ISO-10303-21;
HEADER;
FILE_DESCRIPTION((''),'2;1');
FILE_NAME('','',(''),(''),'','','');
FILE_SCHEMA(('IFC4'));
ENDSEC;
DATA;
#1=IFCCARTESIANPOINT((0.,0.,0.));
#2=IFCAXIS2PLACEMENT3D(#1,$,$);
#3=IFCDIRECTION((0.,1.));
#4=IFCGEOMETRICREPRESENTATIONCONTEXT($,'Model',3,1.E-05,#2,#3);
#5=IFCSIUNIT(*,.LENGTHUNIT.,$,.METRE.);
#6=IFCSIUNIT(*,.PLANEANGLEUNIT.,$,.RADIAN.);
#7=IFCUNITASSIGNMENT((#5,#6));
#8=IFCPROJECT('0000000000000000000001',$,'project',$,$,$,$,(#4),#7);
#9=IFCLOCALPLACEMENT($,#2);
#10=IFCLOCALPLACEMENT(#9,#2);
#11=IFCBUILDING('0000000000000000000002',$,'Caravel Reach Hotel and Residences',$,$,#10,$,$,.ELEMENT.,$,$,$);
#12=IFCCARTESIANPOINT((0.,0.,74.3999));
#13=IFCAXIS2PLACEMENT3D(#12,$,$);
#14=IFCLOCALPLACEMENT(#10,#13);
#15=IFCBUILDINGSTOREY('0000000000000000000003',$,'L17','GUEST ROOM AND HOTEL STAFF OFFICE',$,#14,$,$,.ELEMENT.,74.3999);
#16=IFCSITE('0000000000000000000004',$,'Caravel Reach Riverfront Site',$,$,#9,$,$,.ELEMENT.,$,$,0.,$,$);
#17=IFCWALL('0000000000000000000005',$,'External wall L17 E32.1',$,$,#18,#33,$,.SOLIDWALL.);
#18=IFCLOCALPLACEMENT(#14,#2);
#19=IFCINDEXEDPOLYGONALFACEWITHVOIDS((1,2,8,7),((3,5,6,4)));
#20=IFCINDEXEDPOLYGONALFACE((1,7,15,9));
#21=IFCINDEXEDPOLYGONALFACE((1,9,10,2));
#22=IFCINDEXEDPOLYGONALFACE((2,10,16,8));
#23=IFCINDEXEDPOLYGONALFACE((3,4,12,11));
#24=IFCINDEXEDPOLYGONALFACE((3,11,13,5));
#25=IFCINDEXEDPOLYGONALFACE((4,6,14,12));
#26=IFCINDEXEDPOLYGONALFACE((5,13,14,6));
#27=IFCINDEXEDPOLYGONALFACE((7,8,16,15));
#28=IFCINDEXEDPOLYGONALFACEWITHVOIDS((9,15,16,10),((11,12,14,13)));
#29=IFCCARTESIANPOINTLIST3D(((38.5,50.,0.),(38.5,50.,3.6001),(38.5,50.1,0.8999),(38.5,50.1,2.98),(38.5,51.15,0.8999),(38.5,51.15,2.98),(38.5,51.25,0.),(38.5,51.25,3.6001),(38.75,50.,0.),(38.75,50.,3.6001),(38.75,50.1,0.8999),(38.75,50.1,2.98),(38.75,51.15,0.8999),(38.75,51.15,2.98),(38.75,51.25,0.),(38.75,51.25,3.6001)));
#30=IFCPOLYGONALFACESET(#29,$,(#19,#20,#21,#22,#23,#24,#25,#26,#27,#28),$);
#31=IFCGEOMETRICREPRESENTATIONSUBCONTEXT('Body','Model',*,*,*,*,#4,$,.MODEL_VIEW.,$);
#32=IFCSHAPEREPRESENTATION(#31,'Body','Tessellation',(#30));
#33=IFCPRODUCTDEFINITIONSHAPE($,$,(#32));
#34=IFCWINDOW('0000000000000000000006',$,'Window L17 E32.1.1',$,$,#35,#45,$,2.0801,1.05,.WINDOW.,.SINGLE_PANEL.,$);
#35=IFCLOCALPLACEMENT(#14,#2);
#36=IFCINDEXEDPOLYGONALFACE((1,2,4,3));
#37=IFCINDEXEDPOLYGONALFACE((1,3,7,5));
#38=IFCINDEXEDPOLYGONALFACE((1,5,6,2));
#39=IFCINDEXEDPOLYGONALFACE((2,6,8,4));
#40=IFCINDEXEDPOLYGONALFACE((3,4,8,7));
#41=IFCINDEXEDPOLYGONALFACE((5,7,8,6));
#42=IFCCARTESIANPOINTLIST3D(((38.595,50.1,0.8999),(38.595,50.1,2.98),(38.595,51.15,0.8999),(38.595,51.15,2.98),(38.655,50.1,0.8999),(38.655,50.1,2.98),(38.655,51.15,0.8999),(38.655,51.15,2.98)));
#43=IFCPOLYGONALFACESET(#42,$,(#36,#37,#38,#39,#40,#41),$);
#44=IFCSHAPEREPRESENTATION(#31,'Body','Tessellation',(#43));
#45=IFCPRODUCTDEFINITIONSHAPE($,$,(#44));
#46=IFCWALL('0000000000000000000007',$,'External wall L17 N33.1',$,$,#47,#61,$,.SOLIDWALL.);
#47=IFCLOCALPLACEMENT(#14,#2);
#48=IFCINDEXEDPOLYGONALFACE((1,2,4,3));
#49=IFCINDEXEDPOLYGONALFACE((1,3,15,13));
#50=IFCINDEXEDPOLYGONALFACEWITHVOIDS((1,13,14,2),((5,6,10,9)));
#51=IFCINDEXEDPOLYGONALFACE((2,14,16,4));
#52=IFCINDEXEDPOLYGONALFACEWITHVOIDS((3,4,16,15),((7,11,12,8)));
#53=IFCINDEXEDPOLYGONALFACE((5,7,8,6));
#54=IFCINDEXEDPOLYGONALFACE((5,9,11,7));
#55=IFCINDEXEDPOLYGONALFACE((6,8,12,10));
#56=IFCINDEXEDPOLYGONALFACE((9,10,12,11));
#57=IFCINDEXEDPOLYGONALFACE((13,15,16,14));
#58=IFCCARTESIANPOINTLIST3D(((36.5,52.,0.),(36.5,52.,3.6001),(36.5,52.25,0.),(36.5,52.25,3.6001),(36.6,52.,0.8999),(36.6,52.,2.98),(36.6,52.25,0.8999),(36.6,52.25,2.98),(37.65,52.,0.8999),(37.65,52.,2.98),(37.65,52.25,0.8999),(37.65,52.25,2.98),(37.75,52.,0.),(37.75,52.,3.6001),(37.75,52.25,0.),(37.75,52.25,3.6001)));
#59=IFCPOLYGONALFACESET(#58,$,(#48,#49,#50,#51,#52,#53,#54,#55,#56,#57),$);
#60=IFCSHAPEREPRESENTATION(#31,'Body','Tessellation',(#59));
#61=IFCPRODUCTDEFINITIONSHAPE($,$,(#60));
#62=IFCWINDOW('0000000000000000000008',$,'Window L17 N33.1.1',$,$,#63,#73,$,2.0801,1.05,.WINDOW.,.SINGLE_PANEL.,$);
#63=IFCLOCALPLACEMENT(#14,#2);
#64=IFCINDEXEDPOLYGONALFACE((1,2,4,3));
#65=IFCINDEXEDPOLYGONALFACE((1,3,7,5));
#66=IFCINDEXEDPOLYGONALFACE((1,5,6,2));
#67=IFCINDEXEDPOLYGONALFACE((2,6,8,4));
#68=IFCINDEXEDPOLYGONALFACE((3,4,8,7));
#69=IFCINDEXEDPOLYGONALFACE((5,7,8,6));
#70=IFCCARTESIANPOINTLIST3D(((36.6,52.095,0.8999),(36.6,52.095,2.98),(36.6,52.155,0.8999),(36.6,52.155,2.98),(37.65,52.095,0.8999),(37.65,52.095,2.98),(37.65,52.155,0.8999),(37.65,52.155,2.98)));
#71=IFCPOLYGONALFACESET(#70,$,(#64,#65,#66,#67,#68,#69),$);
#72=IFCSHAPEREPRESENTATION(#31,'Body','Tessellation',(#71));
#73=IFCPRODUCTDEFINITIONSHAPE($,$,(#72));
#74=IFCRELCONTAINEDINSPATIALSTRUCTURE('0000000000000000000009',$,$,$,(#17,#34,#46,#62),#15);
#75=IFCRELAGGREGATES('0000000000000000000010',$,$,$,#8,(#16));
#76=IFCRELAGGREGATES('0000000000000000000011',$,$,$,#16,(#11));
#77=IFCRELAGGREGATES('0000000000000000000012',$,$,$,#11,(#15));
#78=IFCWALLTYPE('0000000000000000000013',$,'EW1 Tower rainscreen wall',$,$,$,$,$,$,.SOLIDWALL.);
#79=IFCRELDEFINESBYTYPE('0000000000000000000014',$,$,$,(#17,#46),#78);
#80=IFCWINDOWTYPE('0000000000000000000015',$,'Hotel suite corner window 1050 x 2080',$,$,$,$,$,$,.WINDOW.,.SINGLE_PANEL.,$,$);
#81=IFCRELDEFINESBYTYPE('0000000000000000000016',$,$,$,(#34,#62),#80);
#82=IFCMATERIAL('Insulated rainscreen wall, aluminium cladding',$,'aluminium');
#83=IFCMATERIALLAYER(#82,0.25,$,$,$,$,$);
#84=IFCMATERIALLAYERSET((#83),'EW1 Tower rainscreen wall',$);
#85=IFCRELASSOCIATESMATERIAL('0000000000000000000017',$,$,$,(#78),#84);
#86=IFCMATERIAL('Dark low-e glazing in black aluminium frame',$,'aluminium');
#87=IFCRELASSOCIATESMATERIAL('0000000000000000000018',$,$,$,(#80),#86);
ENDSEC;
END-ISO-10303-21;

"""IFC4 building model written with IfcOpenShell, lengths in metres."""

from ifc_helpers import new_model, si_unit, direction, frame, frame_2d, origin, place, context, subcontext, project, spatial, rectangle, extrude, material, layer, layer_set, type_object, element, fill, save


model = new_model("IFC4")

# Units and contexts
model_context = context("Model", 3, precision=1e-05, world=origin(), true_north=direction((0.0, 1.0)))
body_context = subcontext(model_context, "Body", "Model", "MODEL_VIEW")
ifc_project = project(units=[si_unit("LENGTHUNIT", "METRE"), si_unit("PLANEANGLEUNIT", "RADIAN")], contexts=[model_context])

# Site, building, storey
site_placement = place(None, origin())
site = spatial("IfcSite", under=ifc_project, at=site_placement, Name="Caravel Reach Riverfront Site", CompositionType="ELEMENT", RefElevation=0.0)
building_placement = place(site_placement, origin())
building = spatial("IfcBuilding", under=site, at=building_placement, Name="Caravel Reach Hotel and Residences", CompositionType="ELEMENT")
storey_placement = place(building_placement, frame((0.0, 0.0, 74.3999)))
storey = spatial("IfcBuildingStorey", under=building, at=storey_placement, Name="L17", Description="GUEST ROOM AND HOTEL STAFF OFFICE", CompositionType="ELEMENT", Elevation=74.3999)

# Walls, openings, windows
ifc_material_1 = material(Name="Insulated rainscreen wall, aluminium cladding", Category="aluminium")
ifc_layer = layer(ifc_material_1, 0.25)
ifc_layer_set = layer_set([ifc_layer], Name="EW1 Tower rainscreen wall")
wall_type = type_object("IfcWallType", Name="EW1 Tower rainscreen wall", PredefinedType="SOLIDWALL", material=ifc_layer_set)
ifc_material_2 = material(Name="Dark low-e glazing in black aluminium frame", Category="aluminium")
window_type = type_object("IfcWindowType", Name="Hotel suite corner window 1050 x 2080", PartitioningType="SINGLE_PANEL", PredefinedType="WINDOW", material=ifc_material_2)
wall_1_placement = place(storey_placement, frame((38.625, 50.0, 0.0), z_axis=(0.0, 0.0, 1.0), x_axis=(0.0, 1.0, 0.0)))
wall_1 = element("IfcWall", 1, at=wall_1_placement, inside=storey, type_object=wall_type, Name="External wall L17 E32.1", PredefinedType="SOLIDWALL", context=body_context, shape_type="SweptSolid", body=[
    extrude(rectangle(XDim=1.25, YDim=0.25, at=frame_2d((0.625, 0.0))), origin(), (0.0, 0.0, 1.0), 3.6001),
])
opening_1_placement = place(wall_1_placement, frame((0.1001, 0.0, 0.8999)))
opening_1 = element("IfcOpeningElement", 2, at=opening_1_placement, cuts=wall_1, PredefinedType="OPENING", context=body_context, shape_type="SweptSolid", body=[
    extrude(rectangle(XDim=1.05, YDim=2.0801, at=frame_2d((0.5249, 1.04))), frame((0.0, 0.135, 0.0), z_axis=(0.0, -1.0, 0.0), x_axis=(1.0, 0.0, 0.0)), (0.0, 0.0, 1.0), 0.27),
])
window_1_placement = place(opening_1_placement, origin())
window_1 = element("IfcWindow", 3, at=window_1_placement, inside=storey, type_object=window_type, Name="Window L17 E32.1.1", OverallHeight=2.0801, OverallWidth=1.05, PartitioningType="SINGLE_PANEL", PredefinedType="WINDOW", context=body_context, shape_type="SweptSolid", body=[
    extrude(rectangle(XDim=1.05, YDim=2.0801, at=frame_2d((0.5249, 1.04))), frame((0.0, 0.03, 0.0), z_axis=(0.0, -1.0, 0.0), x_axis=(1.0, 0.0, 0.0)), (0.0, 0.0, 1.0), 0.0601),
])
fill(opening_1, window_1)
wall_2_placement = place(storey_placement, frame((37.75, 52.125, 0.0), z_axis=(0.0, 0.0, 1.0), x_axis=(-1.0, 0.0, 0.0)))
wall_2 = element("IfcWall", 4, at=wall_2_placement, inside=storey, type_object=wall_type, Name="External wall L17 N33.1", PredefinedType="SOLIDWALL", context=body_context, shape_type="SweptSolid", body=[
    extrude(rectangle(XDim=1.25, YDim=0.25, at=frame_2d((0.625, 0.0))), origin(), (0.0, 0.0, 1.0), 3.6001),
])
opening_2_placement = place(wall_2_placement, frame((0.1001, 0.0, 0.8999)))
opening_2 = element("IfcOpeningElement", 5, at=opening_2_placement, cuts=wall_2, PredefinedType="OPENING", context=body_context, shape_type="SweptSolid", body=[
    extrude(rectangle(XDim=1.05, YDim=2.0801, at=frame_2d((0.5249, 1.04))), frame((0.0, 0.135, 0.0), z_axis=(0.0, -1.0, 0.0), x_axis=(1.0, 0.0, 0.0)), (0.0, 0.0, 1.0), 0.27),
])
window_2_placement = place(opening_2_placement, origin())
window_2 = element("IfcWindow", 6, at=window_2_placement, inside=storey, type_object=window_type, Name="Window L17 N33.1.1", OverallHeight=2.0801, OverallWidth=1.05, PartitioningType="SINGLE_PANEL", PredefinedType="WINDOW", context=body_context, shape_type="SweptSolid", body=[
    extrude(rectangle(XDim=1.05, YDim=2.0801, at=frame_2d((0.5249, 1.04))), frame((0.0, 0.03, 0.0), z_axis=(0.0, -1.0, 0.0), x_axis=(1.0, 0.0, 0.0)), (0.0, 0.0, 1.0), 0.0601),
])
fill(opening_2, window_2)

save(model, "model.ifc")
